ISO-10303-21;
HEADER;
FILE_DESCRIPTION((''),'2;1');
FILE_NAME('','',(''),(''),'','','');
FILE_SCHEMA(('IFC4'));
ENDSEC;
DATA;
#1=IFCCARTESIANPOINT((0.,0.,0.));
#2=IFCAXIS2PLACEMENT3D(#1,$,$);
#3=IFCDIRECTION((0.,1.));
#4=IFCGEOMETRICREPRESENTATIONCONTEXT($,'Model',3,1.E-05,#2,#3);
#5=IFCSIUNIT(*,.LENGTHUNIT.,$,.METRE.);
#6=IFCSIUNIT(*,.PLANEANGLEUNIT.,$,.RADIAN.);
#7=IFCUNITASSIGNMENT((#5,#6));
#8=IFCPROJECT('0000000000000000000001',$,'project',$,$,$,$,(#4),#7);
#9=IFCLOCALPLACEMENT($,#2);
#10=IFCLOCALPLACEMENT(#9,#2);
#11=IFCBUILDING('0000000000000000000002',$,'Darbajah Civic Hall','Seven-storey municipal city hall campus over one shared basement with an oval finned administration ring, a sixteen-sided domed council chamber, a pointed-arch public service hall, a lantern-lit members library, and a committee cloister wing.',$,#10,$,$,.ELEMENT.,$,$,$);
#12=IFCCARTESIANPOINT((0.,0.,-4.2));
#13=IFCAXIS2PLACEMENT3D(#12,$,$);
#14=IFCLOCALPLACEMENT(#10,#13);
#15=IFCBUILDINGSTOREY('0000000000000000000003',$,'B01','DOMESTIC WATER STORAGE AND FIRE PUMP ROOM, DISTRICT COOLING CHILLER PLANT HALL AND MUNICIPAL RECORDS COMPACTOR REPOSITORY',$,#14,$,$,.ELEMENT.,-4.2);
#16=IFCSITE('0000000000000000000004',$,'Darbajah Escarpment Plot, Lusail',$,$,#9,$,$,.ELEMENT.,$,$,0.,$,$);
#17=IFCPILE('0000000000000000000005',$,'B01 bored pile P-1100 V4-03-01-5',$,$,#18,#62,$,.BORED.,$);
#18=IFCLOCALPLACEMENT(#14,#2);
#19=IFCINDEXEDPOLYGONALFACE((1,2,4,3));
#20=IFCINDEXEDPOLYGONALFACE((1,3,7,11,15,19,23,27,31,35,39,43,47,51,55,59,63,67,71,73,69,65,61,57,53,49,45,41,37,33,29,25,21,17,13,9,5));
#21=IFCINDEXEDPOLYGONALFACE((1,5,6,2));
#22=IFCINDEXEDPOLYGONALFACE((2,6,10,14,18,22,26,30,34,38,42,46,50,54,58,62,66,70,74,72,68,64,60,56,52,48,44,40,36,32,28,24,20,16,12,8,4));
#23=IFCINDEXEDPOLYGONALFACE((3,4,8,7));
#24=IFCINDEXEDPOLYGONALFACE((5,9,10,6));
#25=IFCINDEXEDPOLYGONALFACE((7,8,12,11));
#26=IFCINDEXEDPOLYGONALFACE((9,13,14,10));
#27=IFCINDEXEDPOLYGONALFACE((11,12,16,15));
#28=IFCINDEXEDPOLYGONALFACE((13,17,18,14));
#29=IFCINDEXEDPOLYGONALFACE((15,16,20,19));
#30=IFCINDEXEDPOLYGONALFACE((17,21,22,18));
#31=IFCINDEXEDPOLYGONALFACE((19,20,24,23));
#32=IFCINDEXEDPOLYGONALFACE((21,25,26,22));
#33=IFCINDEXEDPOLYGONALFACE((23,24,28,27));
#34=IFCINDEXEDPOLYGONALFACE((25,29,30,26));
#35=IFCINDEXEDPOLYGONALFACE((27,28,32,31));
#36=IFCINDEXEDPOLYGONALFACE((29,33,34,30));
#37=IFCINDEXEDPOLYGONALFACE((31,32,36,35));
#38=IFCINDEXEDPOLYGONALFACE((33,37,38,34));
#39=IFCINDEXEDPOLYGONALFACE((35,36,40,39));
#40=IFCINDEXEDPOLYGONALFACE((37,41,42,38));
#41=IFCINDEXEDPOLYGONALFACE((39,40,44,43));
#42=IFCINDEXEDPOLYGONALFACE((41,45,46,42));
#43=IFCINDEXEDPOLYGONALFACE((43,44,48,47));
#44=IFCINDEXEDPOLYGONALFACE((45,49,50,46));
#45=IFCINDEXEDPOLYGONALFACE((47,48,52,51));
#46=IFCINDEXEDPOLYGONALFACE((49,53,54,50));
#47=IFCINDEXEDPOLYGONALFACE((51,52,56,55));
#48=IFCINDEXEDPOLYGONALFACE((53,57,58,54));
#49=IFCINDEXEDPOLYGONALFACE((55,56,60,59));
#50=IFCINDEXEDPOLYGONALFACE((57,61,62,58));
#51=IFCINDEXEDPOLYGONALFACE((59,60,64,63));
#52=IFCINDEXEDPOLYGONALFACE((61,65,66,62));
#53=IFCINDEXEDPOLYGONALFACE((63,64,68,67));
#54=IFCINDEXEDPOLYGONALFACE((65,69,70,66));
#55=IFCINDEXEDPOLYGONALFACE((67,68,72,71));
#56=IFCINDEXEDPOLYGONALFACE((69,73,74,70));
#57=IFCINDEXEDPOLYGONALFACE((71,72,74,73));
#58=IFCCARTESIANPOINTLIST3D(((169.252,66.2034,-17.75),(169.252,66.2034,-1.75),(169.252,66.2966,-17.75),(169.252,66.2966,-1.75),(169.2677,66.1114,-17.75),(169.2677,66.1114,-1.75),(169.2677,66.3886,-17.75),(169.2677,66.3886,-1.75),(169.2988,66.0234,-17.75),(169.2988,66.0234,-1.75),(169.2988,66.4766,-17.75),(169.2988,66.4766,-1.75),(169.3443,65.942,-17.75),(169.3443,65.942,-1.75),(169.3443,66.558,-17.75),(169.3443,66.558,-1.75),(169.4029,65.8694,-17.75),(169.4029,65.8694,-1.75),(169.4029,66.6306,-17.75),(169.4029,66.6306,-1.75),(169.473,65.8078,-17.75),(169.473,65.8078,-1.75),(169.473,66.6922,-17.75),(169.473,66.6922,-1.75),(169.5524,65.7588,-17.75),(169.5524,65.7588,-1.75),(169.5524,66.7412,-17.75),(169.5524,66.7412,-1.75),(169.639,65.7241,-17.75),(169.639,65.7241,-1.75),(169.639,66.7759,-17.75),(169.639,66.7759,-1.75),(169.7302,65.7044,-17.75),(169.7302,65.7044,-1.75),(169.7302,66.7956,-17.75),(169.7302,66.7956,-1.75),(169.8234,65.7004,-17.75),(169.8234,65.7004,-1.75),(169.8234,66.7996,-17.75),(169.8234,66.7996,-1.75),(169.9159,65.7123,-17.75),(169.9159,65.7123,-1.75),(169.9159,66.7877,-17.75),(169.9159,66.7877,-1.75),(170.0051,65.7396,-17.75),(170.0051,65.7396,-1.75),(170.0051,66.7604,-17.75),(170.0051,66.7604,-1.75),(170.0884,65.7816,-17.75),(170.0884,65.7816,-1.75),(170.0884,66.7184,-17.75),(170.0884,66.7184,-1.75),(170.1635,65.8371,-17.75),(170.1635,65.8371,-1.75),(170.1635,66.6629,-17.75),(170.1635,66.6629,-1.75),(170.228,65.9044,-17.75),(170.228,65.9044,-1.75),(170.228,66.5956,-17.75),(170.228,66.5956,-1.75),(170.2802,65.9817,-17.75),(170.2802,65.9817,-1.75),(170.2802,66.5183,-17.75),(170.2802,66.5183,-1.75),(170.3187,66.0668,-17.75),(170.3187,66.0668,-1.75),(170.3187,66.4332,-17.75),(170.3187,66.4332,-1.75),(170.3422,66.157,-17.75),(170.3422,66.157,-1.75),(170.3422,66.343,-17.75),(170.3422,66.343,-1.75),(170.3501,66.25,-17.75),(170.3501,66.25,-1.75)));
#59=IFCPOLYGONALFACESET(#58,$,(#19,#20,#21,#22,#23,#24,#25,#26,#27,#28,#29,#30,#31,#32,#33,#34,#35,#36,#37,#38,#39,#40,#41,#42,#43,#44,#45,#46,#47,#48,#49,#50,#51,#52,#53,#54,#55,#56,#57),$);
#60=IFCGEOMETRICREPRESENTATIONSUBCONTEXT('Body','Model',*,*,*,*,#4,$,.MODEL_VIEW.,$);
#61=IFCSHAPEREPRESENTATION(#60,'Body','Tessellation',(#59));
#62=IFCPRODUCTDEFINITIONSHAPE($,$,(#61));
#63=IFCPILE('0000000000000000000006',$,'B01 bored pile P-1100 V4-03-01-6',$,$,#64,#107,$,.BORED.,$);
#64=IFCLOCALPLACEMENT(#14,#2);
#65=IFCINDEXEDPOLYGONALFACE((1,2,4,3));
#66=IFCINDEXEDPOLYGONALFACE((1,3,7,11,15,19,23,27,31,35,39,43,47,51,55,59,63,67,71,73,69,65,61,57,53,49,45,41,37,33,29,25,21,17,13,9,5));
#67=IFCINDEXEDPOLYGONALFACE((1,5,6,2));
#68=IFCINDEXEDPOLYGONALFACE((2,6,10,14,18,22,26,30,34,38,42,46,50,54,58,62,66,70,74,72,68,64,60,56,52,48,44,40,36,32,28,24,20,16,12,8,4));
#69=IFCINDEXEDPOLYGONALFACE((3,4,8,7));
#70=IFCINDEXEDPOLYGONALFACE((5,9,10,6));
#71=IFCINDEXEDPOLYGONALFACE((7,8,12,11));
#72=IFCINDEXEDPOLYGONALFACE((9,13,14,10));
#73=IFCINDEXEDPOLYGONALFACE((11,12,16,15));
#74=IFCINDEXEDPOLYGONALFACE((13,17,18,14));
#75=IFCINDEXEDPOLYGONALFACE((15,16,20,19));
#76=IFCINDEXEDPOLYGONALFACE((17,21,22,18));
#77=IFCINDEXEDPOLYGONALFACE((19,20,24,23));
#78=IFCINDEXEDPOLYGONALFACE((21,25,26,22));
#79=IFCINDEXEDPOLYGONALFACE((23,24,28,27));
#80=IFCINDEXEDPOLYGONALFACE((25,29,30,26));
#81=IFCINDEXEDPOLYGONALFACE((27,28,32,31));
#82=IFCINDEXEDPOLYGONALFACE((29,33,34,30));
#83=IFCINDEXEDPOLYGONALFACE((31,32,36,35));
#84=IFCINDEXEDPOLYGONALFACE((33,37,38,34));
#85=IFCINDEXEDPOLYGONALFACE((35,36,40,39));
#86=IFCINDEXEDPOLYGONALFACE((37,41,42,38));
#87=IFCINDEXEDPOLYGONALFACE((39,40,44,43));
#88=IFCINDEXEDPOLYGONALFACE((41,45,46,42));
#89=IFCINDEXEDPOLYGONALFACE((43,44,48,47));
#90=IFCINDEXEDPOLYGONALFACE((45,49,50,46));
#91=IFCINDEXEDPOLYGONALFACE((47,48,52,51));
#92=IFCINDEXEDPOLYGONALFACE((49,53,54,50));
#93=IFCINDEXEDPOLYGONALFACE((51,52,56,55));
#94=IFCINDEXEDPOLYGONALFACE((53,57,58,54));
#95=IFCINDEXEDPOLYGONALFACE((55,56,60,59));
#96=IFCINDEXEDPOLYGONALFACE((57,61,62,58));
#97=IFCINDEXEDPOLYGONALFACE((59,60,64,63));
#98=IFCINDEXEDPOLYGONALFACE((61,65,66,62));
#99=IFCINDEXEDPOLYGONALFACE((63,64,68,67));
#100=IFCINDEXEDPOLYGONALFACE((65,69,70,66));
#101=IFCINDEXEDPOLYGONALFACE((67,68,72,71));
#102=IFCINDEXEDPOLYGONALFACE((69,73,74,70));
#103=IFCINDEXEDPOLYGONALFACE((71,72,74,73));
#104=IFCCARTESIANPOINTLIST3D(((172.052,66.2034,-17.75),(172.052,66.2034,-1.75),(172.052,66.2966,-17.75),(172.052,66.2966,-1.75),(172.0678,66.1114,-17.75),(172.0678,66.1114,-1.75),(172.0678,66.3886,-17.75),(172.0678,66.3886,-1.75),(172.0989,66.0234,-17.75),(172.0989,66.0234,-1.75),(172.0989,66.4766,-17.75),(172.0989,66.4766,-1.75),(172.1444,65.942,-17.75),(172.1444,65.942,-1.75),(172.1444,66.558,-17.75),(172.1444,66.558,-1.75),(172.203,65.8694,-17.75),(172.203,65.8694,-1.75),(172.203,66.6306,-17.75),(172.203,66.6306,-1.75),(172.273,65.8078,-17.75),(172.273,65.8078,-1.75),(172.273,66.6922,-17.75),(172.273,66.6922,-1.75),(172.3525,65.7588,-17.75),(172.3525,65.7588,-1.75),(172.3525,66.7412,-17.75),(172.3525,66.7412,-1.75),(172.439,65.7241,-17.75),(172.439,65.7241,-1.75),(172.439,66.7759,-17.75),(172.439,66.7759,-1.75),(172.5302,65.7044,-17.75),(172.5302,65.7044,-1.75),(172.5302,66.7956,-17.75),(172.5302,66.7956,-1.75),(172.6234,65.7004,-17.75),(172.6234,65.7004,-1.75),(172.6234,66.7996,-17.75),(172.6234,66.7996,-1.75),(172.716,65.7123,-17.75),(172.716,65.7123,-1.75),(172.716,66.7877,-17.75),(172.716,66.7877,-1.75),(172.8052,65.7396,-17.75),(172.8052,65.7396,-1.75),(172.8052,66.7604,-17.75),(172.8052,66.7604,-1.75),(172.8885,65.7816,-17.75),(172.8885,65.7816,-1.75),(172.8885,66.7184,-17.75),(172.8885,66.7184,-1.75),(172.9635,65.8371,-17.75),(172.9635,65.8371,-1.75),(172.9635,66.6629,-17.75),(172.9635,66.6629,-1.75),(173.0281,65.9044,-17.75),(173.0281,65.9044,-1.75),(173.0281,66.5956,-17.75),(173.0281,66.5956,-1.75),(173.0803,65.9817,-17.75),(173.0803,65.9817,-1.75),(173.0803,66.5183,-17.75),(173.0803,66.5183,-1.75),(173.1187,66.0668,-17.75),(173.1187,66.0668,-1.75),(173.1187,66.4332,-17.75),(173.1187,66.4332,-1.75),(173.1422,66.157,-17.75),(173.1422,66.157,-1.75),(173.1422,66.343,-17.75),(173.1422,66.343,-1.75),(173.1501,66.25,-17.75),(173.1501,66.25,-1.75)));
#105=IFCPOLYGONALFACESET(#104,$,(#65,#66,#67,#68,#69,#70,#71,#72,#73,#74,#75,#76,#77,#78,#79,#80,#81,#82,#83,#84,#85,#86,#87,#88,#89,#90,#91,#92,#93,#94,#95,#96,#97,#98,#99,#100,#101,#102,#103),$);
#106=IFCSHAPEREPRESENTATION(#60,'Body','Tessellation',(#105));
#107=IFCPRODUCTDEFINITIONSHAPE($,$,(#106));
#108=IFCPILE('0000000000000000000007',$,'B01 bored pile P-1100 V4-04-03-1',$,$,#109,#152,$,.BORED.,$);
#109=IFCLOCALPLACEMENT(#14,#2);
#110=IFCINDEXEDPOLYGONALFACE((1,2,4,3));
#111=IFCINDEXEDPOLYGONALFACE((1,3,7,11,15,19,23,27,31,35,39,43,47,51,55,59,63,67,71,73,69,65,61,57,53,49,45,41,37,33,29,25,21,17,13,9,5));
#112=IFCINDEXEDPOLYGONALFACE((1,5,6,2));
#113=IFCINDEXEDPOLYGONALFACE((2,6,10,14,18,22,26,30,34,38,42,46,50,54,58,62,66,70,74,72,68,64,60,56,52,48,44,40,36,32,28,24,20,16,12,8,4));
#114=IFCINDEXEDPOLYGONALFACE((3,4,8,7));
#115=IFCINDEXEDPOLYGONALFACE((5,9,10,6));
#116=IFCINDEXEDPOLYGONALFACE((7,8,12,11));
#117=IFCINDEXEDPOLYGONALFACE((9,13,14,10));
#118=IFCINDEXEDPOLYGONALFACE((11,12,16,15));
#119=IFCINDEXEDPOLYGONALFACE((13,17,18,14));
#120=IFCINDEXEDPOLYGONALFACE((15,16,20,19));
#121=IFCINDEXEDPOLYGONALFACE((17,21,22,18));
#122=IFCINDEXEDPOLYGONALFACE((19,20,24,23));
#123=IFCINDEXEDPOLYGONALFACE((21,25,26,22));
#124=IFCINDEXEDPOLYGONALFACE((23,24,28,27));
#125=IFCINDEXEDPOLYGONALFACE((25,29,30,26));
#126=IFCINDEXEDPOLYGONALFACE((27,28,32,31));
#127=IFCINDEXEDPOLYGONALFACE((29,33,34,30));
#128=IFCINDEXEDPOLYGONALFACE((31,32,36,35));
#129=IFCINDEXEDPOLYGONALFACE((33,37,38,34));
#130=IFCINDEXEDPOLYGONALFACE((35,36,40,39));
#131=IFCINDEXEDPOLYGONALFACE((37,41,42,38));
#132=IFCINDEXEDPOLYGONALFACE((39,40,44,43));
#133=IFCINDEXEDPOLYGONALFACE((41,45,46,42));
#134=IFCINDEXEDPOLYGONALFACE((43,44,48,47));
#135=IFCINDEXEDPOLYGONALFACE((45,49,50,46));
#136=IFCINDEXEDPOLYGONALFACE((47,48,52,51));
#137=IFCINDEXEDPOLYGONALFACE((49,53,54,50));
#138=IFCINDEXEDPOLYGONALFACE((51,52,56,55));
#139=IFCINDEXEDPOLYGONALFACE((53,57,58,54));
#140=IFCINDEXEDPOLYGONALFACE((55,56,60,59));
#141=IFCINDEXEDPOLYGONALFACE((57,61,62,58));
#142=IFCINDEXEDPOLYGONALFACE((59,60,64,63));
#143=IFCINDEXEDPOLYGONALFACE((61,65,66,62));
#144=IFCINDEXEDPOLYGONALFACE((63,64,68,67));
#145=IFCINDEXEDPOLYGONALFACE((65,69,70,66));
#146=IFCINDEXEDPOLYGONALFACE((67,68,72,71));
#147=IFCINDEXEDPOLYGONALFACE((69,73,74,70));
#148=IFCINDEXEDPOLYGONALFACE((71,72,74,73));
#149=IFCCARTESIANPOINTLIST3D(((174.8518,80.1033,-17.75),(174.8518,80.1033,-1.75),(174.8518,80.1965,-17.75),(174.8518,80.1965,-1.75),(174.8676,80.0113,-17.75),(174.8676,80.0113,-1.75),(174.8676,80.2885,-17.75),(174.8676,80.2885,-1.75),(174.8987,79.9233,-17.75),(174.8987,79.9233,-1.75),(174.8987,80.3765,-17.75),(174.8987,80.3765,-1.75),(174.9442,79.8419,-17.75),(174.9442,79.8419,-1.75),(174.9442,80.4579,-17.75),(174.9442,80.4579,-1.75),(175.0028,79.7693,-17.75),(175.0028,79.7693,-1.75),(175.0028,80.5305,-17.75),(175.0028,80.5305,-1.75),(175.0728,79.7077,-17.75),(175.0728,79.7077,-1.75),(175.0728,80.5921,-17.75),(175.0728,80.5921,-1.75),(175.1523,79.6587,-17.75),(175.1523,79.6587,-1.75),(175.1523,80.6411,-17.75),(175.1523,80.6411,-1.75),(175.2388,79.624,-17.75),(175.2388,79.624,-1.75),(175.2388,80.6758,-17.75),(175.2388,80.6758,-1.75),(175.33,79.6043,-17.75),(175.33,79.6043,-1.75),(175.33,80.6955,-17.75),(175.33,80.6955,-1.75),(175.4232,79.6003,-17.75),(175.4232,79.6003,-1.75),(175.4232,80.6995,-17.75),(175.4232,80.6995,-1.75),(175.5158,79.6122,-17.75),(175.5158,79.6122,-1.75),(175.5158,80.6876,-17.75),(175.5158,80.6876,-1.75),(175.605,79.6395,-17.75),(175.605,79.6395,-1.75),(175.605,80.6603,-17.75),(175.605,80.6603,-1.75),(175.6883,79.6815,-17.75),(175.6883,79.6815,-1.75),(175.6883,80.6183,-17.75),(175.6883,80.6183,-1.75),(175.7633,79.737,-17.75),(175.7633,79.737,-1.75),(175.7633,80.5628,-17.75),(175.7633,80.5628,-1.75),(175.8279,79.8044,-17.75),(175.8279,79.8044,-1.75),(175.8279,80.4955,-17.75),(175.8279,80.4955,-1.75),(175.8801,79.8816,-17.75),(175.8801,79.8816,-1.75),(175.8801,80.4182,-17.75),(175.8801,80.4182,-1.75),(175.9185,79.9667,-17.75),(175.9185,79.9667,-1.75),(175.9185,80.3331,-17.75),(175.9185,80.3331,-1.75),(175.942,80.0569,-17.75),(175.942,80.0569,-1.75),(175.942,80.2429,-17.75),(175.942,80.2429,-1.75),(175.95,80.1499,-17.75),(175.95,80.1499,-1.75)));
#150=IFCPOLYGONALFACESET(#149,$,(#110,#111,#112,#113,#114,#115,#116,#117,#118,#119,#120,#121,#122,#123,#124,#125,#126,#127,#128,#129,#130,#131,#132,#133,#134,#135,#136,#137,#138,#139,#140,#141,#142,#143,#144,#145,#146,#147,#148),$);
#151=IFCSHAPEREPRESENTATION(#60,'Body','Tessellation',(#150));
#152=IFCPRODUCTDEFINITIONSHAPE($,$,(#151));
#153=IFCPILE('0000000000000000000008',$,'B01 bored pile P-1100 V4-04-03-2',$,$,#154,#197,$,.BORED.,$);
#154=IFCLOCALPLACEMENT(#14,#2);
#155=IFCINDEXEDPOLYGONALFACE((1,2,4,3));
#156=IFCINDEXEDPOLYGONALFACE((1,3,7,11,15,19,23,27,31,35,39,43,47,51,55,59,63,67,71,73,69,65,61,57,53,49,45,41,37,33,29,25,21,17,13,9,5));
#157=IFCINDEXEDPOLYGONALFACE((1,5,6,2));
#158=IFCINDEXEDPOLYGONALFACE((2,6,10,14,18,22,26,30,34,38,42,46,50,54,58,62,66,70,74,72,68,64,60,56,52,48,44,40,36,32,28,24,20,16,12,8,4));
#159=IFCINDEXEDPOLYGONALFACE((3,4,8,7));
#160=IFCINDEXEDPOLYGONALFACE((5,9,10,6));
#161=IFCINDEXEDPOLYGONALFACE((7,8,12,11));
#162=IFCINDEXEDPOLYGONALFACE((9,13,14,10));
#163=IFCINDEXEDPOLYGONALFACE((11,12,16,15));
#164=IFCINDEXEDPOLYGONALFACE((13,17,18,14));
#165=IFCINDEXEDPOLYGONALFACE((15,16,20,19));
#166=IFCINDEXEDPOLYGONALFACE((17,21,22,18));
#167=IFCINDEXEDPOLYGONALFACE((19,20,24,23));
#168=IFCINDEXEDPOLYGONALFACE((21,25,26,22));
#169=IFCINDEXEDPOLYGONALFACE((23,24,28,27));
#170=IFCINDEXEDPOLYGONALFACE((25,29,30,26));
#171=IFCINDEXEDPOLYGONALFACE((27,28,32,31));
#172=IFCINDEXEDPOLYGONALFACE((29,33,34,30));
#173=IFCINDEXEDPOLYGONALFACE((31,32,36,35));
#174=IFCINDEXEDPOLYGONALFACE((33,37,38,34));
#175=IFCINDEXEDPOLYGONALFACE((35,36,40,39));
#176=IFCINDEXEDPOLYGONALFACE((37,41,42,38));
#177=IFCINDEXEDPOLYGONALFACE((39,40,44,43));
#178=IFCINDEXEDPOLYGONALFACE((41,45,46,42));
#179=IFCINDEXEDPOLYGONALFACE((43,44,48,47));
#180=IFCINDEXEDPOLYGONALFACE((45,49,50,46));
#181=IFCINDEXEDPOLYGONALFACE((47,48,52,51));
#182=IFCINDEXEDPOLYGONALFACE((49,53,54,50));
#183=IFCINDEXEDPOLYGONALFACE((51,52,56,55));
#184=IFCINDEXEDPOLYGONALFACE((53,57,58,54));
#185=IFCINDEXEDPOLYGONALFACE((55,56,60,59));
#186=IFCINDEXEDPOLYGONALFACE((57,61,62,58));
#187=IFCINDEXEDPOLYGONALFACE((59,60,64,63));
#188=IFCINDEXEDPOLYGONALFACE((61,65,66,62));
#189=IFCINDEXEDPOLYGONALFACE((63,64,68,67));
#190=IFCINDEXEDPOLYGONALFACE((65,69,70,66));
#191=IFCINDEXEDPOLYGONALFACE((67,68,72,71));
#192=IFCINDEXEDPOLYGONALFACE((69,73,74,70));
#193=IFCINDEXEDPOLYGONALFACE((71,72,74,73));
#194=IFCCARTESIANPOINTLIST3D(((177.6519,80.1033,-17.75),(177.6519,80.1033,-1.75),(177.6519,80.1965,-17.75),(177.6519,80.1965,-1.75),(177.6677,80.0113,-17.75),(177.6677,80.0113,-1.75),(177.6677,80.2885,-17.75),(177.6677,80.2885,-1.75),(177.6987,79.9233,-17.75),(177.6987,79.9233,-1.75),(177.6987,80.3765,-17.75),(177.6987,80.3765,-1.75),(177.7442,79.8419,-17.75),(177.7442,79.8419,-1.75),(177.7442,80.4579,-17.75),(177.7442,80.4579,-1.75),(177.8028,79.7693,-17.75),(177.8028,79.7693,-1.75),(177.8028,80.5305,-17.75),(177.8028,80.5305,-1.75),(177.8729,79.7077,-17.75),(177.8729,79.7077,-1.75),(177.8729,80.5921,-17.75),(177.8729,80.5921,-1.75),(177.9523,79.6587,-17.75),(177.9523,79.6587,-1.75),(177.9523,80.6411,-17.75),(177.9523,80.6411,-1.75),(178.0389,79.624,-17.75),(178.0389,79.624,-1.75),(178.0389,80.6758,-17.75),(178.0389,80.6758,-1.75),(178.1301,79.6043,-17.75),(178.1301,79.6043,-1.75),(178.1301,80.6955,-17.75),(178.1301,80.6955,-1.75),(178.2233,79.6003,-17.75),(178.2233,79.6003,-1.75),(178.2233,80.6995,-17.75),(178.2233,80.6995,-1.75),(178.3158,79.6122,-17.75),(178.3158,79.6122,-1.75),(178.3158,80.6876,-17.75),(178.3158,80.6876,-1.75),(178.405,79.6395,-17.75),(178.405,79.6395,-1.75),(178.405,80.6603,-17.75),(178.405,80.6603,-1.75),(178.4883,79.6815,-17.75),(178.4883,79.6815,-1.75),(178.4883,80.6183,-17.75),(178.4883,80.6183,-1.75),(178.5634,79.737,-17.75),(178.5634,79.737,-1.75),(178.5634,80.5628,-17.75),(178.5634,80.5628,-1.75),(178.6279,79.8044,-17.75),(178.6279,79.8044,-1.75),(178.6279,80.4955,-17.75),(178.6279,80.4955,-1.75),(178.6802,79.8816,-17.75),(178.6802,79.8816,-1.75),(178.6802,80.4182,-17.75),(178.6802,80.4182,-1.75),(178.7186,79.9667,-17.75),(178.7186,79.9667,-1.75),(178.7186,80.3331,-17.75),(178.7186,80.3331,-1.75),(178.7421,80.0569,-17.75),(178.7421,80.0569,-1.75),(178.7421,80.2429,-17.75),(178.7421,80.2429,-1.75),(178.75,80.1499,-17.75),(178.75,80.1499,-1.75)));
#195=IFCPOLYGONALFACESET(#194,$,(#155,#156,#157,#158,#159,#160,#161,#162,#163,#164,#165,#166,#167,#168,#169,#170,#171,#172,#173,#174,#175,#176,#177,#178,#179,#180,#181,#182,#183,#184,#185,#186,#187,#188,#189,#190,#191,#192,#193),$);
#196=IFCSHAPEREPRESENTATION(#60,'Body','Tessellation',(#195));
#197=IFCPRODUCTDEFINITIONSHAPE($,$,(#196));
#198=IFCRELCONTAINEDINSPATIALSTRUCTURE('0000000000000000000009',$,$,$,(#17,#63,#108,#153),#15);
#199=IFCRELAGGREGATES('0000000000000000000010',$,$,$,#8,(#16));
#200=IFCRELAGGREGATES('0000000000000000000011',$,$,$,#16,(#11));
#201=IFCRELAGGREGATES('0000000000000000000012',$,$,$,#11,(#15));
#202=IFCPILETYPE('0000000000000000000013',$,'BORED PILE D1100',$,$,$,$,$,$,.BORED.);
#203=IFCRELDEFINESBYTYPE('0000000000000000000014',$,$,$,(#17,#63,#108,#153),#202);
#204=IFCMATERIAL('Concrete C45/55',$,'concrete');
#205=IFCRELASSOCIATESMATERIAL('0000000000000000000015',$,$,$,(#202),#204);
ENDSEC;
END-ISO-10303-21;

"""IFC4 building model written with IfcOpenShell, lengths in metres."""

from ifc_helpers import new_model, si_unit, direction, frame, origin, origin_2d, place, context, subcontext, project, spatial, circle, extrude, material, material_profile, profile_set, type_object, element, save


model = new_model("IFC4")

# Units and contexts
model_context = context("Model", 3, precision=1e-05, world=origin(), true_north=direction((0.0, 1.0)))
body_context = subcontext(model_context, "Body", "Model", "MODEL_VIEW")
ifc_project = project(units=[si_unit("LENGTHUNIT", "METRE"), si_unit("PLANEANGLEUNIT", "RADIAN")], contexts=[model_context])

# Site, building, storey
site_placement = place(None, origin())
site = spatial("IfcSite", under=ifc_project, at=site_placement, Name="Darbajah Escarpment Plot, Lusail", CompositionType="ELEMENT", RefElevation=0.0)
building_placement = place(site_placement, origin())
building = spatial("IfcBuilding", under=site, at=building_placement, Name="Darbajah Civic Hall", Description="Seven-storey municipal city hall campus over one shared basement with an oval finned administration ring, a sixteen-sided domed council chamber, a pointed-arch public service hall, a lantern-lit members library, and a committee cloister wing.", CompositionType="ELEMENT")
storey_placement = place(building_placement, frame((0.0, 0.0, -4.2)))
storey = spatial("IfcBuildingStorey", under=building, at=storey_placement, Name="B01", Description="DOMESTIC WATER STORAGE AND FIRE PUMP ROOM, DISTRICT COOLING CHILLER PLANT HALL AND MUNICIPAL RECORDS COMPACTOR REPOSITORY", CompositionType="ELEMENT", Elevation=-4.2)

# Piles
ifc_material_1 = material(Name="Concrete C45/55", Category="concrete")
ifc_material_profile_1 = material_profile(ifc_material_1, circle(Radius=0.55, at=origin_2d()), Name="BORED PILE D1100")
ifc_profile_set_1 = profile_set([ifc_material_profile_1], Name="Concrete C45/55")
pile_type_1 = type_object("IfcPileType", Name="BORED PILE D1100", PredefinedType="BORED", material=ifc_profile_set_1)
for number, where, z_axis, x_axis, name in (
    (1, (169.8, 66.25, -1.75), (0.0, 0.0, -1.0), (1.0, 0.0, 0.0), "B01 bored pile P-1100 V4-03-01-5"),
    (2, (172.6001, 66.25, -1.75), (0.0, 0.0, -1.0), (1.0, 0.0, 0.0), "B01 bored pile P-1100 V4-03-01-6"),
    (3, (175.3999, 80.1499, -1.75), (0.0, 0.0, -1.0), (1.0, 0.0, 0.0), "B01 bored pile P-1100 V4-04-03-1"),
    (4, (178.2, 80.1499, -1.75), (0.0, 0.0, -1.0), (1.0, 0.0, 0.0), "B01 bored pile P-1100 V4-04-03-2"),
):
    element("IfcPile", number, at=place(storey_placement, frame(where, z_axis=z_axis, x_axis=x_axis)), inside=storey, type_object=pile_type_1, Name=name, PredefinedType="BORED", context=body_context, shape_type="SweptSolid", body=[
        extrude(circle(Radius=0.55, at=origin_2d()), origin(), (0.0, 0.0, 1.0), 16.0),
    ])

save(model, "model.ifc")
